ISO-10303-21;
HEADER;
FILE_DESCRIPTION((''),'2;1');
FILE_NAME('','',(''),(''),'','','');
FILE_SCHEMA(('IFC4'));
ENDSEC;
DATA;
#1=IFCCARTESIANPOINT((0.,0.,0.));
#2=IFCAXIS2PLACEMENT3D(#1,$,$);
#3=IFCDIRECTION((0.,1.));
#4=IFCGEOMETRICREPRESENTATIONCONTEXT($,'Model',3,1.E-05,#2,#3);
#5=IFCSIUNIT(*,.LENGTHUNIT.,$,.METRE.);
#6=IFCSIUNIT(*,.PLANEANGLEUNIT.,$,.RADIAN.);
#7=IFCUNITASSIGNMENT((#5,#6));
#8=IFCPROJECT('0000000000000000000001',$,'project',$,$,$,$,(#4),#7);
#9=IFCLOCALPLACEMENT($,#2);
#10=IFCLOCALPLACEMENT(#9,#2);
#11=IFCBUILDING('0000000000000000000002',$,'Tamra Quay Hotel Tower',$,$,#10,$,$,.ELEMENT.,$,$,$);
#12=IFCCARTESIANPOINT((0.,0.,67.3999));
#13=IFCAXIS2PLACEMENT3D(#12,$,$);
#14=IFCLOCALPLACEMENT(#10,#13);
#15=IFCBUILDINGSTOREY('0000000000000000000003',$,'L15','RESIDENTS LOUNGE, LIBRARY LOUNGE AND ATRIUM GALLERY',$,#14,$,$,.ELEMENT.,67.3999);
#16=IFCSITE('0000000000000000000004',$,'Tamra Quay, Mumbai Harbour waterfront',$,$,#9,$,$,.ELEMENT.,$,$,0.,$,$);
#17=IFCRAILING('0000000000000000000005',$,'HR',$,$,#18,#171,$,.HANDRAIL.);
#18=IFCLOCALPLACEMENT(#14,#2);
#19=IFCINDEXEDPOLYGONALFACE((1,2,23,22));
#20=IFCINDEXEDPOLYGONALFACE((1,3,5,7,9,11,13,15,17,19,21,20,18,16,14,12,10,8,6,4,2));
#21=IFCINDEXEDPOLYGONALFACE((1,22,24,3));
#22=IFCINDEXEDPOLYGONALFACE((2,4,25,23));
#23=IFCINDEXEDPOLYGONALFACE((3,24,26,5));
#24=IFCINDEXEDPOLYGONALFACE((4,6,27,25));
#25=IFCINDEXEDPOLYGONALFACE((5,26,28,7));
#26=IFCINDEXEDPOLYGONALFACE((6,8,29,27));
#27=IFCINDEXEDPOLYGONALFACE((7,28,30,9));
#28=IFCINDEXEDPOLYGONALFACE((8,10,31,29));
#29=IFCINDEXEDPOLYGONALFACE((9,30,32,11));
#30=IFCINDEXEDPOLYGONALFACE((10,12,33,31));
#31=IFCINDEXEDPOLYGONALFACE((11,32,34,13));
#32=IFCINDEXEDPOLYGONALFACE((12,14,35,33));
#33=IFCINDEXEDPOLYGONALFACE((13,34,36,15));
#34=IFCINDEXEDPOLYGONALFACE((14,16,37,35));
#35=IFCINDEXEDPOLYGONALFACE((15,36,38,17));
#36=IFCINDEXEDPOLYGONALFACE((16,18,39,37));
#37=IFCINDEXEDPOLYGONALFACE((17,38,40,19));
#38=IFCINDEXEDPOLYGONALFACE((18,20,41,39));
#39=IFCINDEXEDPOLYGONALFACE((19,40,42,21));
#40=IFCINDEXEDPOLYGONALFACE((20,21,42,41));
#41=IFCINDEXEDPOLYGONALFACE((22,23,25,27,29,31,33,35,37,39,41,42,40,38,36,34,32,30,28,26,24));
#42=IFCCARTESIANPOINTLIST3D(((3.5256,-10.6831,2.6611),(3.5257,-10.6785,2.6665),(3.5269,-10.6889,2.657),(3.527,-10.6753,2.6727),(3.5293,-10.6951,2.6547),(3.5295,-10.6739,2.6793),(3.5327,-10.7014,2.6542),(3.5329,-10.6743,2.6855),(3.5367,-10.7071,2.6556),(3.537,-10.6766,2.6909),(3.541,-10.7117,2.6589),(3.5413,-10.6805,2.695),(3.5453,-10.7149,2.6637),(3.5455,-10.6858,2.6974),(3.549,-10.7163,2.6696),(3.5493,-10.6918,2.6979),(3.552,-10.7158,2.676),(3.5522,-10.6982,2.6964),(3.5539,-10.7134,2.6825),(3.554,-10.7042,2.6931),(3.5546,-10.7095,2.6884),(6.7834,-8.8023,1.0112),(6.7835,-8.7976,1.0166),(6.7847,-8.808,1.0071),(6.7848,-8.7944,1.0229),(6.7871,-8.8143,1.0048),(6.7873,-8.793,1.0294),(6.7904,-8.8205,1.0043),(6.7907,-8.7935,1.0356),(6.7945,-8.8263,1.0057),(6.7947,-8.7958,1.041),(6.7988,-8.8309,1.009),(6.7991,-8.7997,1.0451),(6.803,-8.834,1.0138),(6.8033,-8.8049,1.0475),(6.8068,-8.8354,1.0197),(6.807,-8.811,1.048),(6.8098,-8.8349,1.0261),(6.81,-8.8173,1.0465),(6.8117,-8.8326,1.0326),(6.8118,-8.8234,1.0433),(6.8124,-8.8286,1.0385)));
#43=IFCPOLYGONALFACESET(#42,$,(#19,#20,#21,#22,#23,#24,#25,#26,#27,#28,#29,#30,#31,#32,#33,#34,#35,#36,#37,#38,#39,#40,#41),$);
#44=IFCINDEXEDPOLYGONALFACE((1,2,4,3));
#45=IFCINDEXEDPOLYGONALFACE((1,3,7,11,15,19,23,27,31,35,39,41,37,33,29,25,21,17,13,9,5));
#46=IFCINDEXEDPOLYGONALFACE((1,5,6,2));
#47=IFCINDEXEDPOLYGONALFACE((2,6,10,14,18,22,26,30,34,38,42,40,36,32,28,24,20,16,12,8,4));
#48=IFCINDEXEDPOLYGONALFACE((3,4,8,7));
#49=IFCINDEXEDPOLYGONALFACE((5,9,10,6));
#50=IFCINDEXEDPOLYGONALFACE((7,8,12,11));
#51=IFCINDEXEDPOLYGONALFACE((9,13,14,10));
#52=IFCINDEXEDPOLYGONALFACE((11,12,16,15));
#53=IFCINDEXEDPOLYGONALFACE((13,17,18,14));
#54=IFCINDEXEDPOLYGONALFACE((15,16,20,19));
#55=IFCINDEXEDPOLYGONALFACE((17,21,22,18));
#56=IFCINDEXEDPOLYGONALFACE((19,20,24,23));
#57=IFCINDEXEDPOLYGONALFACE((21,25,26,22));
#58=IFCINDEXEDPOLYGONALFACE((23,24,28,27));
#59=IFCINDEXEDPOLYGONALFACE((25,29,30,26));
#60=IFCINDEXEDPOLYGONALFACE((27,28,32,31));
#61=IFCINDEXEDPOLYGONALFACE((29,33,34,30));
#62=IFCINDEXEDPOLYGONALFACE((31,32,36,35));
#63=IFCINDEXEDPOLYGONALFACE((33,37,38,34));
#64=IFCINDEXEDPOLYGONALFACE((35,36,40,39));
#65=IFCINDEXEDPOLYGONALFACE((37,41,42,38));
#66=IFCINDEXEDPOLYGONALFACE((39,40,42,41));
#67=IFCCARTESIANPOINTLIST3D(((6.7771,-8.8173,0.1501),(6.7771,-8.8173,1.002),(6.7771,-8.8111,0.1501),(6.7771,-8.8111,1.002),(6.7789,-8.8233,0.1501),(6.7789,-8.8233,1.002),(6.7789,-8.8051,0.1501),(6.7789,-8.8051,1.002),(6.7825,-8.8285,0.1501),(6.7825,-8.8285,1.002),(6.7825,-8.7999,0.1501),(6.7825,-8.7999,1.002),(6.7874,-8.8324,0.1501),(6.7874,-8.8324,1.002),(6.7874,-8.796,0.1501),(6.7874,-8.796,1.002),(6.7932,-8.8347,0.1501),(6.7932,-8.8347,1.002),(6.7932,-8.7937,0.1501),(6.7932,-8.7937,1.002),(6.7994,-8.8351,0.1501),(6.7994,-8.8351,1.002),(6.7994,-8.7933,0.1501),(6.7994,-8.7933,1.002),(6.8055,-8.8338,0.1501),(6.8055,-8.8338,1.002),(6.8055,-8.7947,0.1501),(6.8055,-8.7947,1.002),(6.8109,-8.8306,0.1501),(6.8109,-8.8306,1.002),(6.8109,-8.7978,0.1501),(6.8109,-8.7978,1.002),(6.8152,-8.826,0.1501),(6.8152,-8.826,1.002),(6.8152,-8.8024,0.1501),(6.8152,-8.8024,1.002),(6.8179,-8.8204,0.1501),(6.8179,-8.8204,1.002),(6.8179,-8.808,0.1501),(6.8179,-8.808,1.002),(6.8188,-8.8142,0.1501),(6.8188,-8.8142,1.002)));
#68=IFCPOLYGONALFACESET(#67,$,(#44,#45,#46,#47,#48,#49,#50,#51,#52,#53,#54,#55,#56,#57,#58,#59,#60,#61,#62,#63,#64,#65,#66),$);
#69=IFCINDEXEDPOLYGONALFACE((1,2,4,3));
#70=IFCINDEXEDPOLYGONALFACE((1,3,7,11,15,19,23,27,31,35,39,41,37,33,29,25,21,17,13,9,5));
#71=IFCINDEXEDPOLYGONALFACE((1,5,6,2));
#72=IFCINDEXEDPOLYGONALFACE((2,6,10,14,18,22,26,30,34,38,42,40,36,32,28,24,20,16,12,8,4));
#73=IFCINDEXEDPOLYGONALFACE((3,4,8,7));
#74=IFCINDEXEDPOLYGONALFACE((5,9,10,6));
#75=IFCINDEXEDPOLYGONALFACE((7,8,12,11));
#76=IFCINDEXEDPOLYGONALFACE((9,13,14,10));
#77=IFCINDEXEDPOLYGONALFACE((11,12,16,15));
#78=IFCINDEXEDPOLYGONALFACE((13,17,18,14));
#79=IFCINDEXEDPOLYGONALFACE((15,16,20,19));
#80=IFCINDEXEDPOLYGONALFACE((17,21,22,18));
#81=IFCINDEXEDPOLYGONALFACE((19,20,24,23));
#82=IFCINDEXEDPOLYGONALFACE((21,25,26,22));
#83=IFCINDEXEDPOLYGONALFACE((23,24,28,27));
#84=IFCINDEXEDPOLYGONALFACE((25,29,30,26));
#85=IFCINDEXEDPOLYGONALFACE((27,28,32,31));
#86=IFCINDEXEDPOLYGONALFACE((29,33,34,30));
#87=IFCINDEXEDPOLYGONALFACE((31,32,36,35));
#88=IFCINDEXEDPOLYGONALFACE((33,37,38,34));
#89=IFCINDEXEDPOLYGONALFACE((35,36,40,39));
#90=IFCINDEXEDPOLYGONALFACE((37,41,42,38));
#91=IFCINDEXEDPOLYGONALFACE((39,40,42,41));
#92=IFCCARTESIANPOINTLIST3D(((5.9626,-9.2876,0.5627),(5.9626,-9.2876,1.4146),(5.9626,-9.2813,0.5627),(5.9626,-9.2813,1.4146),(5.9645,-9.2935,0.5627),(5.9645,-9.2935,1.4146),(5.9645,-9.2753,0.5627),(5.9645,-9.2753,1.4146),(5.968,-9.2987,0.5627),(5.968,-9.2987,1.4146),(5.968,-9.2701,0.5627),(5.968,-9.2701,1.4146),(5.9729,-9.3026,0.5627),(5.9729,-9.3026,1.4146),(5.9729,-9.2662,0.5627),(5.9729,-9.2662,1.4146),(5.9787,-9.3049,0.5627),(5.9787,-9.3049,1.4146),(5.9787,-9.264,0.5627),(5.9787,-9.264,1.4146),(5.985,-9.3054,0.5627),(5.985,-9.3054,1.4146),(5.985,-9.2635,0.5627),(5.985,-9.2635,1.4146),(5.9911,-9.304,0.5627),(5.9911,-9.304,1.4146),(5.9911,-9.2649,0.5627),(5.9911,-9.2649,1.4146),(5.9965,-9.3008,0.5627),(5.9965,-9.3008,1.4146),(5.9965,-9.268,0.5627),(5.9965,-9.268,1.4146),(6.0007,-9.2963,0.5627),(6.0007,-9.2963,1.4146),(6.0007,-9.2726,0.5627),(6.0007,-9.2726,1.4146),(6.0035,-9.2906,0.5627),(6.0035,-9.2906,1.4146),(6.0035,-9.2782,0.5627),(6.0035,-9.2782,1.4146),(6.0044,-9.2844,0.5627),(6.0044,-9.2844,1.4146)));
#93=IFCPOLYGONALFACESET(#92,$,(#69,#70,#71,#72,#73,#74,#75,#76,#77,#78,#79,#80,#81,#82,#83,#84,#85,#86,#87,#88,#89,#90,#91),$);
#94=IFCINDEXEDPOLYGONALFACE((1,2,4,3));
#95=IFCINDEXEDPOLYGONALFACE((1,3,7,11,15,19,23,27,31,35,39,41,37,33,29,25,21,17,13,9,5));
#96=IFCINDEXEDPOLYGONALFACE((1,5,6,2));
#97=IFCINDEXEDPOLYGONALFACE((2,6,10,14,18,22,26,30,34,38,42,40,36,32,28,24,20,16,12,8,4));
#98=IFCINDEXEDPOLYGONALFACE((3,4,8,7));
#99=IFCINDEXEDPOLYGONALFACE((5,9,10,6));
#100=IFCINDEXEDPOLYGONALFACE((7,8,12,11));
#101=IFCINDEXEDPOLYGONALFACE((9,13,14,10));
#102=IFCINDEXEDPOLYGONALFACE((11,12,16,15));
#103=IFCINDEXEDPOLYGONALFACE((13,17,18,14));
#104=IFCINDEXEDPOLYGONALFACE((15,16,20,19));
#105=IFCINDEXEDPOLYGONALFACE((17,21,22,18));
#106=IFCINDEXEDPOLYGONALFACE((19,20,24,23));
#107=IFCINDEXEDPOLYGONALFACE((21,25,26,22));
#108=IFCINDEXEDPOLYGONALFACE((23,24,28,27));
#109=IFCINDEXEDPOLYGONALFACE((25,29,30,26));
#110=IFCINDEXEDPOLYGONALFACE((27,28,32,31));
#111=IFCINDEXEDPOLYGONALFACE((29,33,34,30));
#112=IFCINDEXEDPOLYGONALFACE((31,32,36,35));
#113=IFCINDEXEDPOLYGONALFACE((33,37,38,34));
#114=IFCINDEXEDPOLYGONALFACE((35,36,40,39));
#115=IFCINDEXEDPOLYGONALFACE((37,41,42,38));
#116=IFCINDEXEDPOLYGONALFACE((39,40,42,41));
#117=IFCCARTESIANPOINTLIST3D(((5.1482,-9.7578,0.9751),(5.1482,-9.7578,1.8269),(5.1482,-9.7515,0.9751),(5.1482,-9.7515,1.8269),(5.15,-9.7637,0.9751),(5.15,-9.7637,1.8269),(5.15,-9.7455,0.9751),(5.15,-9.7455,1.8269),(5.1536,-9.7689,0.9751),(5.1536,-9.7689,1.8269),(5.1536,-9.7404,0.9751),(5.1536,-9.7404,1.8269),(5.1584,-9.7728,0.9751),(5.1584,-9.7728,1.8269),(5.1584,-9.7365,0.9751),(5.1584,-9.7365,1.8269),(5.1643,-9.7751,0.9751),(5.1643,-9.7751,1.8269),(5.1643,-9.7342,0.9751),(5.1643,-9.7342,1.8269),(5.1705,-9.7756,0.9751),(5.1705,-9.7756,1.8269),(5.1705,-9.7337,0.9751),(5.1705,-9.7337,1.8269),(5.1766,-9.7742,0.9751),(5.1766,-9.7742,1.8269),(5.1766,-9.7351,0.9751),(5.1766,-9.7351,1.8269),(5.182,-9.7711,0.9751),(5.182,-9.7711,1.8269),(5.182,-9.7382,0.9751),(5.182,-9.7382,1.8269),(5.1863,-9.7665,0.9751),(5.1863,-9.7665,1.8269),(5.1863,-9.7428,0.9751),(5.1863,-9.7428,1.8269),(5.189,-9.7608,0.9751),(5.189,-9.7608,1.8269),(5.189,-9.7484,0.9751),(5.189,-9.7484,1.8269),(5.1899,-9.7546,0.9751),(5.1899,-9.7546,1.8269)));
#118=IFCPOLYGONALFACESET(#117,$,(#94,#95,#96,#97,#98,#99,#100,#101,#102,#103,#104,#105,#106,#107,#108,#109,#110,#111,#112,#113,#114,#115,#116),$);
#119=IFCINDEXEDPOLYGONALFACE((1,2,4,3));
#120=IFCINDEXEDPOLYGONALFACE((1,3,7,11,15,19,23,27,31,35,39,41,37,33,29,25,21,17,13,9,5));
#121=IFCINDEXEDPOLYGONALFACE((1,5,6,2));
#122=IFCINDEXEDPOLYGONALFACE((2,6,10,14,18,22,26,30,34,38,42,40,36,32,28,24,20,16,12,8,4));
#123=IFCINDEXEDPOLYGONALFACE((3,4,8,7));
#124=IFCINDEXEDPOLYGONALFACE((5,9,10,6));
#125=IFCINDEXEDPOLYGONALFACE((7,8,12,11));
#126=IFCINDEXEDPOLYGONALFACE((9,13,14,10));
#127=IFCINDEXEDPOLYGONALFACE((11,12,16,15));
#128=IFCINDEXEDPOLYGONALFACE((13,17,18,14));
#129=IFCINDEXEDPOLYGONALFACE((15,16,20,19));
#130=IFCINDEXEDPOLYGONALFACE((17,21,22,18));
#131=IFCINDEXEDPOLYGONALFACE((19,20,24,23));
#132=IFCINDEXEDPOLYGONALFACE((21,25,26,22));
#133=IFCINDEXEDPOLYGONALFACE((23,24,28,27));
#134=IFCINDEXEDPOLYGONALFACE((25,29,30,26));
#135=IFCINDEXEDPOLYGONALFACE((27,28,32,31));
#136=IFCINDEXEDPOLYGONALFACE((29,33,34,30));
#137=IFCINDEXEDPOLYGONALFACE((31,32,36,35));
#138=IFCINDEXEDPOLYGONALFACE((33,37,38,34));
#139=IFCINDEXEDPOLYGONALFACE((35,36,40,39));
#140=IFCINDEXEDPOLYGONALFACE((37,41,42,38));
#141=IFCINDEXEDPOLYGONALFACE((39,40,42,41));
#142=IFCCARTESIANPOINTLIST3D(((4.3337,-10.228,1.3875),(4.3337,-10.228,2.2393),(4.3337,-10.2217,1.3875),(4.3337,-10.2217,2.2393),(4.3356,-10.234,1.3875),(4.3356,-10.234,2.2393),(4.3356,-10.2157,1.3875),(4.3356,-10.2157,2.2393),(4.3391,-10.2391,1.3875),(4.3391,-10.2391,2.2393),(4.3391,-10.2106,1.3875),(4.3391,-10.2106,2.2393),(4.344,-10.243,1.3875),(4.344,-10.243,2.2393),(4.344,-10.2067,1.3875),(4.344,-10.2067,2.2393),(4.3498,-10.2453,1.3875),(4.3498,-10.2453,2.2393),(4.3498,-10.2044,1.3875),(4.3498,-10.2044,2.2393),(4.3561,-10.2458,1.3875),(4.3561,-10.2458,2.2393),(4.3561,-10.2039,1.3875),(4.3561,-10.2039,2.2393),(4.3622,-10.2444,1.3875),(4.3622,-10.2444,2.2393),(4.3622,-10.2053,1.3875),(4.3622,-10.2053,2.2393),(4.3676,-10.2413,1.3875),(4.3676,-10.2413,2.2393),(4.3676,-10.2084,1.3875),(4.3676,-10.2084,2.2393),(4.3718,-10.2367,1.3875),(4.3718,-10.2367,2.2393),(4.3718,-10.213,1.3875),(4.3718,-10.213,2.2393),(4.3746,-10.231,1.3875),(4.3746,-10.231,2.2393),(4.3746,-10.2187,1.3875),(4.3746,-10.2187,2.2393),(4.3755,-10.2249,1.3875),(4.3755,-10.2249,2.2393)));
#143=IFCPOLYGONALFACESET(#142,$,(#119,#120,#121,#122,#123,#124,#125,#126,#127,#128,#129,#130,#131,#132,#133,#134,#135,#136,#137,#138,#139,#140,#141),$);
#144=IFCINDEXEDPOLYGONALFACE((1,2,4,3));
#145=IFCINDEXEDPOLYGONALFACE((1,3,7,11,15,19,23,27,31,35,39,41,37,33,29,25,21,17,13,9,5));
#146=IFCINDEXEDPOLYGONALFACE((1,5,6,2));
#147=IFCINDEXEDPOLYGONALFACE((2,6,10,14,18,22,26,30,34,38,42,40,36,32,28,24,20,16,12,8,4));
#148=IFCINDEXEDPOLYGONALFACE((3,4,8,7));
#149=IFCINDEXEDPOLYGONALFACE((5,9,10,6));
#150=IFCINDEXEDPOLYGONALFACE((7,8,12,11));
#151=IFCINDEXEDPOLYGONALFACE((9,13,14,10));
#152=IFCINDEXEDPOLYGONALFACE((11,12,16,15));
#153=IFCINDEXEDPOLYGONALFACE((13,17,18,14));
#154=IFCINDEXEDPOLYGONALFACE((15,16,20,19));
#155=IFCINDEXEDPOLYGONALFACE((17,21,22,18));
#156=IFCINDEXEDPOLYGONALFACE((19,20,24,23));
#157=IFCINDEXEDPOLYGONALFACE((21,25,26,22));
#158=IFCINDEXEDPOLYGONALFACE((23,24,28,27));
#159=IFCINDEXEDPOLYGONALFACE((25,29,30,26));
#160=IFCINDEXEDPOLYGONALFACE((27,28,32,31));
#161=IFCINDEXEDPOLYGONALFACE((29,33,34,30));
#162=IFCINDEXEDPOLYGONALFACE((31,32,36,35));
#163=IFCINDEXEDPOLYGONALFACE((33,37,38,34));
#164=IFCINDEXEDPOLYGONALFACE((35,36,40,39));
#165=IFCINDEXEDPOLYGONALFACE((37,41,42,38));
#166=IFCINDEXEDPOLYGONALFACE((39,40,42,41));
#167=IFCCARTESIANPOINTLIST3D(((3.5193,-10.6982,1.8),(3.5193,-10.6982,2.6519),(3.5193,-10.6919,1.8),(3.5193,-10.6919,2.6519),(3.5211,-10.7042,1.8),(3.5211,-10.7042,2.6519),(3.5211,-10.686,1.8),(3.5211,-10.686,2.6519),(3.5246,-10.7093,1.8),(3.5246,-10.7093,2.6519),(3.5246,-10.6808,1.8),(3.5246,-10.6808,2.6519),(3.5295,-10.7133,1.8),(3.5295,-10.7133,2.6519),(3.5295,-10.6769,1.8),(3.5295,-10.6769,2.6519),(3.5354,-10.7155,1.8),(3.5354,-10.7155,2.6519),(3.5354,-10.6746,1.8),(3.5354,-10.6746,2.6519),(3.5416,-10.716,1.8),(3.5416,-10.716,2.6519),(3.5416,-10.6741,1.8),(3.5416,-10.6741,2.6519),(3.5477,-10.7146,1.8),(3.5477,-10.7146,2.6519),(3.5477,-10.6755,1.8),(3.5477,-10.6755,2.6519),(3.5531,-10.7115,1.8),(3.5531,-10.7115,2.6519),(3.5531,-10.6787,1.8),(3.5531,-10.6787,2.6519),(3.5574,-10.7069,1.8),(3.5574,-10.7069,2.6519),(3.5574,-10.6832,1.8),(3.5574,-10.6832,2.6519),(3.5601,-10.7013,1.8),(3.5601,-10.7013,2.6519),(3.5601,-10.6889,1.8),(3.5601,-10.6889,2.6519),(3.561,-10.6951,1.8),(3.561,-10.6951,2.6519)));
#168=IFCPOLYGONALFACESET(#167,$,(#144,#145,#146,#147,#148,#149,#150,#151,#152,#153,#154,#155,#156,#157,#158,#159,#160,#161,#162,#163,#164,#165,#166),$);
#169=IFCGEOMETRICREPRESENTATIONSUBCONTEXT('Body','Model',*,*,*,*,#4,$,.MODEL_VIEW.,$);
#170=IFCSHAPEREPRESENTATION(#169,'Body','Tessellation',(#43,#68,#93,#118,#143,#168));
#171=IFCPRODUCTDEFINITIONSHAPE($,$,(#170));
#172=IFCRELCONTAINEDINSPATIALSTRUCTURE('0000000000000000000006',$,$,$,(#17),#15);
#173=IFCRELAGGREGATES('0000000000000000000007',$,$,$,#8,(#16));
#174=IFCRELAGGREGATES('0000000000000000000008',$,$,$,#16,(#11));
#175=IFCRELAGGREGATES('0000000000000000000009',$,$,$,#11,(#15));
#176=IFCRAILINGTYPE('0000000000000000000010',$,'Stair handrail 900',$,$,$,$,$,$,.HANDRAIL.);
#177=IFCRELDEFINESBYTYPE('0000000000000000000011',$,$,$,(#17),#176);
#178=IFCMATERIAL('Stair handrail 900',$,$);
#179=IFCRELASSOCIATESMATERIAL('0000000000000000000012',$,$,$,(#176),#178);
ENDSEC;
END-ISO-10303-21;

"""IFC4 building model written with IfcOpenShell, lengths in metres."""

from ifc_helpers import new_model, si_unit, direction, frame, origin, origin_2d, place, context, subcontext, project, spatial, circle, extrude, material, type_object, element, save


model = new_model("IFC4")

# Units and contexts
model_context = context("Model", 3, precision=1e-05, world=origin(), true_north=direction((0.0, 1.0)))
body_context = subcontext(model_context, "Body", "Model", "MODEL_VIEW")
ifc_project = project(units=[si_unit("LENGTHUNIT", "METRE"), si_unit("PLANEANGLEUNIT", "RADIAN")], contexts=[model_context])

# Site, building, storey
site_placement = place(None, origin())
site = spatial("IfcSite", under=ifc_project, at=site_placement, Name="Tamra Quay, Mumbai Harbour waterfront", CompositionType="ELEMENT", RefElevation=0.0)
building_placement = place(site_placement, origin())
building = spatial("IfcBuilding", under=site, at=building_placement, Name="Tamra Quay Hotel Tower", CompositionType="ELEMENT")
storey_placement = place(building_placement, frame((0.0, 0.0, 67.3999)))
storey = spatial("IfcBuildingStorey", under=building, at=storey_placement, Name="L15", Description="RESIDENTS LOUNGE, LIBRARY LOUNGE AND ATRIUM GALLERY", CompositionType="ELEMENT", Elevation=67.3999)

# Railing
ifc_material_1 = material(Name="Stair handrail 900")
railing_type_1 = type_object("IfcRailingType", Name="Stair handrail 900", PredefinedType="HANDRAIL", material=ifc_material_1)
railing_1_placement = place(storey_placement, frame((6.7979, -8.8142, 0.1501)))
element("IfcRailing", 1, at=railing_1_placement, inside=storey, type_object=railing_type_1, Name="HR", PredefinedType="HANDRAIL", context=body_context, shape_type="SweptSolid", body=[
    extrude(circle(Radius=0.0239, at=origin_2d()), frame((0.0, 0.0, 0.876), z_axis=(-0.7931, -0.457887, 0.401661), x_axis=(0.499992, -0.86603, 0.0)), (0.0, 0.0, 1.0), 4.1077),
    extrude(circle(Radius=0.021, at=origin_2d()), origin(), (0.0, 0.0, 1.0), 0.8518),
    extrude(circle(Radius=0.021, at=origin_2d()), frame((-0.8145, -0.4702, 0.4126)), (0.0, 0.0, 1.0), 0.8518),
    extrude(circle(Radius=0.021, at=origin_2d()), frame((-1.6289, -0.9404, 0.825)), (0.0, 0.0, 1.0), 0.8518),
    extrude(circle(Radius=0.021, at=origin_2d()), frame((-2.4434, -1.4106, 1.2373)), (0.0, 0.0, 1.0), 0.8518),
    extrude(circle(Radius=0.021, at=origin_2d()), frame((-3.2578, -1.8809, 1.6499)), (0.0, 0.0, 1.0), 0.8518),
])

save(model, "model.ifc")
